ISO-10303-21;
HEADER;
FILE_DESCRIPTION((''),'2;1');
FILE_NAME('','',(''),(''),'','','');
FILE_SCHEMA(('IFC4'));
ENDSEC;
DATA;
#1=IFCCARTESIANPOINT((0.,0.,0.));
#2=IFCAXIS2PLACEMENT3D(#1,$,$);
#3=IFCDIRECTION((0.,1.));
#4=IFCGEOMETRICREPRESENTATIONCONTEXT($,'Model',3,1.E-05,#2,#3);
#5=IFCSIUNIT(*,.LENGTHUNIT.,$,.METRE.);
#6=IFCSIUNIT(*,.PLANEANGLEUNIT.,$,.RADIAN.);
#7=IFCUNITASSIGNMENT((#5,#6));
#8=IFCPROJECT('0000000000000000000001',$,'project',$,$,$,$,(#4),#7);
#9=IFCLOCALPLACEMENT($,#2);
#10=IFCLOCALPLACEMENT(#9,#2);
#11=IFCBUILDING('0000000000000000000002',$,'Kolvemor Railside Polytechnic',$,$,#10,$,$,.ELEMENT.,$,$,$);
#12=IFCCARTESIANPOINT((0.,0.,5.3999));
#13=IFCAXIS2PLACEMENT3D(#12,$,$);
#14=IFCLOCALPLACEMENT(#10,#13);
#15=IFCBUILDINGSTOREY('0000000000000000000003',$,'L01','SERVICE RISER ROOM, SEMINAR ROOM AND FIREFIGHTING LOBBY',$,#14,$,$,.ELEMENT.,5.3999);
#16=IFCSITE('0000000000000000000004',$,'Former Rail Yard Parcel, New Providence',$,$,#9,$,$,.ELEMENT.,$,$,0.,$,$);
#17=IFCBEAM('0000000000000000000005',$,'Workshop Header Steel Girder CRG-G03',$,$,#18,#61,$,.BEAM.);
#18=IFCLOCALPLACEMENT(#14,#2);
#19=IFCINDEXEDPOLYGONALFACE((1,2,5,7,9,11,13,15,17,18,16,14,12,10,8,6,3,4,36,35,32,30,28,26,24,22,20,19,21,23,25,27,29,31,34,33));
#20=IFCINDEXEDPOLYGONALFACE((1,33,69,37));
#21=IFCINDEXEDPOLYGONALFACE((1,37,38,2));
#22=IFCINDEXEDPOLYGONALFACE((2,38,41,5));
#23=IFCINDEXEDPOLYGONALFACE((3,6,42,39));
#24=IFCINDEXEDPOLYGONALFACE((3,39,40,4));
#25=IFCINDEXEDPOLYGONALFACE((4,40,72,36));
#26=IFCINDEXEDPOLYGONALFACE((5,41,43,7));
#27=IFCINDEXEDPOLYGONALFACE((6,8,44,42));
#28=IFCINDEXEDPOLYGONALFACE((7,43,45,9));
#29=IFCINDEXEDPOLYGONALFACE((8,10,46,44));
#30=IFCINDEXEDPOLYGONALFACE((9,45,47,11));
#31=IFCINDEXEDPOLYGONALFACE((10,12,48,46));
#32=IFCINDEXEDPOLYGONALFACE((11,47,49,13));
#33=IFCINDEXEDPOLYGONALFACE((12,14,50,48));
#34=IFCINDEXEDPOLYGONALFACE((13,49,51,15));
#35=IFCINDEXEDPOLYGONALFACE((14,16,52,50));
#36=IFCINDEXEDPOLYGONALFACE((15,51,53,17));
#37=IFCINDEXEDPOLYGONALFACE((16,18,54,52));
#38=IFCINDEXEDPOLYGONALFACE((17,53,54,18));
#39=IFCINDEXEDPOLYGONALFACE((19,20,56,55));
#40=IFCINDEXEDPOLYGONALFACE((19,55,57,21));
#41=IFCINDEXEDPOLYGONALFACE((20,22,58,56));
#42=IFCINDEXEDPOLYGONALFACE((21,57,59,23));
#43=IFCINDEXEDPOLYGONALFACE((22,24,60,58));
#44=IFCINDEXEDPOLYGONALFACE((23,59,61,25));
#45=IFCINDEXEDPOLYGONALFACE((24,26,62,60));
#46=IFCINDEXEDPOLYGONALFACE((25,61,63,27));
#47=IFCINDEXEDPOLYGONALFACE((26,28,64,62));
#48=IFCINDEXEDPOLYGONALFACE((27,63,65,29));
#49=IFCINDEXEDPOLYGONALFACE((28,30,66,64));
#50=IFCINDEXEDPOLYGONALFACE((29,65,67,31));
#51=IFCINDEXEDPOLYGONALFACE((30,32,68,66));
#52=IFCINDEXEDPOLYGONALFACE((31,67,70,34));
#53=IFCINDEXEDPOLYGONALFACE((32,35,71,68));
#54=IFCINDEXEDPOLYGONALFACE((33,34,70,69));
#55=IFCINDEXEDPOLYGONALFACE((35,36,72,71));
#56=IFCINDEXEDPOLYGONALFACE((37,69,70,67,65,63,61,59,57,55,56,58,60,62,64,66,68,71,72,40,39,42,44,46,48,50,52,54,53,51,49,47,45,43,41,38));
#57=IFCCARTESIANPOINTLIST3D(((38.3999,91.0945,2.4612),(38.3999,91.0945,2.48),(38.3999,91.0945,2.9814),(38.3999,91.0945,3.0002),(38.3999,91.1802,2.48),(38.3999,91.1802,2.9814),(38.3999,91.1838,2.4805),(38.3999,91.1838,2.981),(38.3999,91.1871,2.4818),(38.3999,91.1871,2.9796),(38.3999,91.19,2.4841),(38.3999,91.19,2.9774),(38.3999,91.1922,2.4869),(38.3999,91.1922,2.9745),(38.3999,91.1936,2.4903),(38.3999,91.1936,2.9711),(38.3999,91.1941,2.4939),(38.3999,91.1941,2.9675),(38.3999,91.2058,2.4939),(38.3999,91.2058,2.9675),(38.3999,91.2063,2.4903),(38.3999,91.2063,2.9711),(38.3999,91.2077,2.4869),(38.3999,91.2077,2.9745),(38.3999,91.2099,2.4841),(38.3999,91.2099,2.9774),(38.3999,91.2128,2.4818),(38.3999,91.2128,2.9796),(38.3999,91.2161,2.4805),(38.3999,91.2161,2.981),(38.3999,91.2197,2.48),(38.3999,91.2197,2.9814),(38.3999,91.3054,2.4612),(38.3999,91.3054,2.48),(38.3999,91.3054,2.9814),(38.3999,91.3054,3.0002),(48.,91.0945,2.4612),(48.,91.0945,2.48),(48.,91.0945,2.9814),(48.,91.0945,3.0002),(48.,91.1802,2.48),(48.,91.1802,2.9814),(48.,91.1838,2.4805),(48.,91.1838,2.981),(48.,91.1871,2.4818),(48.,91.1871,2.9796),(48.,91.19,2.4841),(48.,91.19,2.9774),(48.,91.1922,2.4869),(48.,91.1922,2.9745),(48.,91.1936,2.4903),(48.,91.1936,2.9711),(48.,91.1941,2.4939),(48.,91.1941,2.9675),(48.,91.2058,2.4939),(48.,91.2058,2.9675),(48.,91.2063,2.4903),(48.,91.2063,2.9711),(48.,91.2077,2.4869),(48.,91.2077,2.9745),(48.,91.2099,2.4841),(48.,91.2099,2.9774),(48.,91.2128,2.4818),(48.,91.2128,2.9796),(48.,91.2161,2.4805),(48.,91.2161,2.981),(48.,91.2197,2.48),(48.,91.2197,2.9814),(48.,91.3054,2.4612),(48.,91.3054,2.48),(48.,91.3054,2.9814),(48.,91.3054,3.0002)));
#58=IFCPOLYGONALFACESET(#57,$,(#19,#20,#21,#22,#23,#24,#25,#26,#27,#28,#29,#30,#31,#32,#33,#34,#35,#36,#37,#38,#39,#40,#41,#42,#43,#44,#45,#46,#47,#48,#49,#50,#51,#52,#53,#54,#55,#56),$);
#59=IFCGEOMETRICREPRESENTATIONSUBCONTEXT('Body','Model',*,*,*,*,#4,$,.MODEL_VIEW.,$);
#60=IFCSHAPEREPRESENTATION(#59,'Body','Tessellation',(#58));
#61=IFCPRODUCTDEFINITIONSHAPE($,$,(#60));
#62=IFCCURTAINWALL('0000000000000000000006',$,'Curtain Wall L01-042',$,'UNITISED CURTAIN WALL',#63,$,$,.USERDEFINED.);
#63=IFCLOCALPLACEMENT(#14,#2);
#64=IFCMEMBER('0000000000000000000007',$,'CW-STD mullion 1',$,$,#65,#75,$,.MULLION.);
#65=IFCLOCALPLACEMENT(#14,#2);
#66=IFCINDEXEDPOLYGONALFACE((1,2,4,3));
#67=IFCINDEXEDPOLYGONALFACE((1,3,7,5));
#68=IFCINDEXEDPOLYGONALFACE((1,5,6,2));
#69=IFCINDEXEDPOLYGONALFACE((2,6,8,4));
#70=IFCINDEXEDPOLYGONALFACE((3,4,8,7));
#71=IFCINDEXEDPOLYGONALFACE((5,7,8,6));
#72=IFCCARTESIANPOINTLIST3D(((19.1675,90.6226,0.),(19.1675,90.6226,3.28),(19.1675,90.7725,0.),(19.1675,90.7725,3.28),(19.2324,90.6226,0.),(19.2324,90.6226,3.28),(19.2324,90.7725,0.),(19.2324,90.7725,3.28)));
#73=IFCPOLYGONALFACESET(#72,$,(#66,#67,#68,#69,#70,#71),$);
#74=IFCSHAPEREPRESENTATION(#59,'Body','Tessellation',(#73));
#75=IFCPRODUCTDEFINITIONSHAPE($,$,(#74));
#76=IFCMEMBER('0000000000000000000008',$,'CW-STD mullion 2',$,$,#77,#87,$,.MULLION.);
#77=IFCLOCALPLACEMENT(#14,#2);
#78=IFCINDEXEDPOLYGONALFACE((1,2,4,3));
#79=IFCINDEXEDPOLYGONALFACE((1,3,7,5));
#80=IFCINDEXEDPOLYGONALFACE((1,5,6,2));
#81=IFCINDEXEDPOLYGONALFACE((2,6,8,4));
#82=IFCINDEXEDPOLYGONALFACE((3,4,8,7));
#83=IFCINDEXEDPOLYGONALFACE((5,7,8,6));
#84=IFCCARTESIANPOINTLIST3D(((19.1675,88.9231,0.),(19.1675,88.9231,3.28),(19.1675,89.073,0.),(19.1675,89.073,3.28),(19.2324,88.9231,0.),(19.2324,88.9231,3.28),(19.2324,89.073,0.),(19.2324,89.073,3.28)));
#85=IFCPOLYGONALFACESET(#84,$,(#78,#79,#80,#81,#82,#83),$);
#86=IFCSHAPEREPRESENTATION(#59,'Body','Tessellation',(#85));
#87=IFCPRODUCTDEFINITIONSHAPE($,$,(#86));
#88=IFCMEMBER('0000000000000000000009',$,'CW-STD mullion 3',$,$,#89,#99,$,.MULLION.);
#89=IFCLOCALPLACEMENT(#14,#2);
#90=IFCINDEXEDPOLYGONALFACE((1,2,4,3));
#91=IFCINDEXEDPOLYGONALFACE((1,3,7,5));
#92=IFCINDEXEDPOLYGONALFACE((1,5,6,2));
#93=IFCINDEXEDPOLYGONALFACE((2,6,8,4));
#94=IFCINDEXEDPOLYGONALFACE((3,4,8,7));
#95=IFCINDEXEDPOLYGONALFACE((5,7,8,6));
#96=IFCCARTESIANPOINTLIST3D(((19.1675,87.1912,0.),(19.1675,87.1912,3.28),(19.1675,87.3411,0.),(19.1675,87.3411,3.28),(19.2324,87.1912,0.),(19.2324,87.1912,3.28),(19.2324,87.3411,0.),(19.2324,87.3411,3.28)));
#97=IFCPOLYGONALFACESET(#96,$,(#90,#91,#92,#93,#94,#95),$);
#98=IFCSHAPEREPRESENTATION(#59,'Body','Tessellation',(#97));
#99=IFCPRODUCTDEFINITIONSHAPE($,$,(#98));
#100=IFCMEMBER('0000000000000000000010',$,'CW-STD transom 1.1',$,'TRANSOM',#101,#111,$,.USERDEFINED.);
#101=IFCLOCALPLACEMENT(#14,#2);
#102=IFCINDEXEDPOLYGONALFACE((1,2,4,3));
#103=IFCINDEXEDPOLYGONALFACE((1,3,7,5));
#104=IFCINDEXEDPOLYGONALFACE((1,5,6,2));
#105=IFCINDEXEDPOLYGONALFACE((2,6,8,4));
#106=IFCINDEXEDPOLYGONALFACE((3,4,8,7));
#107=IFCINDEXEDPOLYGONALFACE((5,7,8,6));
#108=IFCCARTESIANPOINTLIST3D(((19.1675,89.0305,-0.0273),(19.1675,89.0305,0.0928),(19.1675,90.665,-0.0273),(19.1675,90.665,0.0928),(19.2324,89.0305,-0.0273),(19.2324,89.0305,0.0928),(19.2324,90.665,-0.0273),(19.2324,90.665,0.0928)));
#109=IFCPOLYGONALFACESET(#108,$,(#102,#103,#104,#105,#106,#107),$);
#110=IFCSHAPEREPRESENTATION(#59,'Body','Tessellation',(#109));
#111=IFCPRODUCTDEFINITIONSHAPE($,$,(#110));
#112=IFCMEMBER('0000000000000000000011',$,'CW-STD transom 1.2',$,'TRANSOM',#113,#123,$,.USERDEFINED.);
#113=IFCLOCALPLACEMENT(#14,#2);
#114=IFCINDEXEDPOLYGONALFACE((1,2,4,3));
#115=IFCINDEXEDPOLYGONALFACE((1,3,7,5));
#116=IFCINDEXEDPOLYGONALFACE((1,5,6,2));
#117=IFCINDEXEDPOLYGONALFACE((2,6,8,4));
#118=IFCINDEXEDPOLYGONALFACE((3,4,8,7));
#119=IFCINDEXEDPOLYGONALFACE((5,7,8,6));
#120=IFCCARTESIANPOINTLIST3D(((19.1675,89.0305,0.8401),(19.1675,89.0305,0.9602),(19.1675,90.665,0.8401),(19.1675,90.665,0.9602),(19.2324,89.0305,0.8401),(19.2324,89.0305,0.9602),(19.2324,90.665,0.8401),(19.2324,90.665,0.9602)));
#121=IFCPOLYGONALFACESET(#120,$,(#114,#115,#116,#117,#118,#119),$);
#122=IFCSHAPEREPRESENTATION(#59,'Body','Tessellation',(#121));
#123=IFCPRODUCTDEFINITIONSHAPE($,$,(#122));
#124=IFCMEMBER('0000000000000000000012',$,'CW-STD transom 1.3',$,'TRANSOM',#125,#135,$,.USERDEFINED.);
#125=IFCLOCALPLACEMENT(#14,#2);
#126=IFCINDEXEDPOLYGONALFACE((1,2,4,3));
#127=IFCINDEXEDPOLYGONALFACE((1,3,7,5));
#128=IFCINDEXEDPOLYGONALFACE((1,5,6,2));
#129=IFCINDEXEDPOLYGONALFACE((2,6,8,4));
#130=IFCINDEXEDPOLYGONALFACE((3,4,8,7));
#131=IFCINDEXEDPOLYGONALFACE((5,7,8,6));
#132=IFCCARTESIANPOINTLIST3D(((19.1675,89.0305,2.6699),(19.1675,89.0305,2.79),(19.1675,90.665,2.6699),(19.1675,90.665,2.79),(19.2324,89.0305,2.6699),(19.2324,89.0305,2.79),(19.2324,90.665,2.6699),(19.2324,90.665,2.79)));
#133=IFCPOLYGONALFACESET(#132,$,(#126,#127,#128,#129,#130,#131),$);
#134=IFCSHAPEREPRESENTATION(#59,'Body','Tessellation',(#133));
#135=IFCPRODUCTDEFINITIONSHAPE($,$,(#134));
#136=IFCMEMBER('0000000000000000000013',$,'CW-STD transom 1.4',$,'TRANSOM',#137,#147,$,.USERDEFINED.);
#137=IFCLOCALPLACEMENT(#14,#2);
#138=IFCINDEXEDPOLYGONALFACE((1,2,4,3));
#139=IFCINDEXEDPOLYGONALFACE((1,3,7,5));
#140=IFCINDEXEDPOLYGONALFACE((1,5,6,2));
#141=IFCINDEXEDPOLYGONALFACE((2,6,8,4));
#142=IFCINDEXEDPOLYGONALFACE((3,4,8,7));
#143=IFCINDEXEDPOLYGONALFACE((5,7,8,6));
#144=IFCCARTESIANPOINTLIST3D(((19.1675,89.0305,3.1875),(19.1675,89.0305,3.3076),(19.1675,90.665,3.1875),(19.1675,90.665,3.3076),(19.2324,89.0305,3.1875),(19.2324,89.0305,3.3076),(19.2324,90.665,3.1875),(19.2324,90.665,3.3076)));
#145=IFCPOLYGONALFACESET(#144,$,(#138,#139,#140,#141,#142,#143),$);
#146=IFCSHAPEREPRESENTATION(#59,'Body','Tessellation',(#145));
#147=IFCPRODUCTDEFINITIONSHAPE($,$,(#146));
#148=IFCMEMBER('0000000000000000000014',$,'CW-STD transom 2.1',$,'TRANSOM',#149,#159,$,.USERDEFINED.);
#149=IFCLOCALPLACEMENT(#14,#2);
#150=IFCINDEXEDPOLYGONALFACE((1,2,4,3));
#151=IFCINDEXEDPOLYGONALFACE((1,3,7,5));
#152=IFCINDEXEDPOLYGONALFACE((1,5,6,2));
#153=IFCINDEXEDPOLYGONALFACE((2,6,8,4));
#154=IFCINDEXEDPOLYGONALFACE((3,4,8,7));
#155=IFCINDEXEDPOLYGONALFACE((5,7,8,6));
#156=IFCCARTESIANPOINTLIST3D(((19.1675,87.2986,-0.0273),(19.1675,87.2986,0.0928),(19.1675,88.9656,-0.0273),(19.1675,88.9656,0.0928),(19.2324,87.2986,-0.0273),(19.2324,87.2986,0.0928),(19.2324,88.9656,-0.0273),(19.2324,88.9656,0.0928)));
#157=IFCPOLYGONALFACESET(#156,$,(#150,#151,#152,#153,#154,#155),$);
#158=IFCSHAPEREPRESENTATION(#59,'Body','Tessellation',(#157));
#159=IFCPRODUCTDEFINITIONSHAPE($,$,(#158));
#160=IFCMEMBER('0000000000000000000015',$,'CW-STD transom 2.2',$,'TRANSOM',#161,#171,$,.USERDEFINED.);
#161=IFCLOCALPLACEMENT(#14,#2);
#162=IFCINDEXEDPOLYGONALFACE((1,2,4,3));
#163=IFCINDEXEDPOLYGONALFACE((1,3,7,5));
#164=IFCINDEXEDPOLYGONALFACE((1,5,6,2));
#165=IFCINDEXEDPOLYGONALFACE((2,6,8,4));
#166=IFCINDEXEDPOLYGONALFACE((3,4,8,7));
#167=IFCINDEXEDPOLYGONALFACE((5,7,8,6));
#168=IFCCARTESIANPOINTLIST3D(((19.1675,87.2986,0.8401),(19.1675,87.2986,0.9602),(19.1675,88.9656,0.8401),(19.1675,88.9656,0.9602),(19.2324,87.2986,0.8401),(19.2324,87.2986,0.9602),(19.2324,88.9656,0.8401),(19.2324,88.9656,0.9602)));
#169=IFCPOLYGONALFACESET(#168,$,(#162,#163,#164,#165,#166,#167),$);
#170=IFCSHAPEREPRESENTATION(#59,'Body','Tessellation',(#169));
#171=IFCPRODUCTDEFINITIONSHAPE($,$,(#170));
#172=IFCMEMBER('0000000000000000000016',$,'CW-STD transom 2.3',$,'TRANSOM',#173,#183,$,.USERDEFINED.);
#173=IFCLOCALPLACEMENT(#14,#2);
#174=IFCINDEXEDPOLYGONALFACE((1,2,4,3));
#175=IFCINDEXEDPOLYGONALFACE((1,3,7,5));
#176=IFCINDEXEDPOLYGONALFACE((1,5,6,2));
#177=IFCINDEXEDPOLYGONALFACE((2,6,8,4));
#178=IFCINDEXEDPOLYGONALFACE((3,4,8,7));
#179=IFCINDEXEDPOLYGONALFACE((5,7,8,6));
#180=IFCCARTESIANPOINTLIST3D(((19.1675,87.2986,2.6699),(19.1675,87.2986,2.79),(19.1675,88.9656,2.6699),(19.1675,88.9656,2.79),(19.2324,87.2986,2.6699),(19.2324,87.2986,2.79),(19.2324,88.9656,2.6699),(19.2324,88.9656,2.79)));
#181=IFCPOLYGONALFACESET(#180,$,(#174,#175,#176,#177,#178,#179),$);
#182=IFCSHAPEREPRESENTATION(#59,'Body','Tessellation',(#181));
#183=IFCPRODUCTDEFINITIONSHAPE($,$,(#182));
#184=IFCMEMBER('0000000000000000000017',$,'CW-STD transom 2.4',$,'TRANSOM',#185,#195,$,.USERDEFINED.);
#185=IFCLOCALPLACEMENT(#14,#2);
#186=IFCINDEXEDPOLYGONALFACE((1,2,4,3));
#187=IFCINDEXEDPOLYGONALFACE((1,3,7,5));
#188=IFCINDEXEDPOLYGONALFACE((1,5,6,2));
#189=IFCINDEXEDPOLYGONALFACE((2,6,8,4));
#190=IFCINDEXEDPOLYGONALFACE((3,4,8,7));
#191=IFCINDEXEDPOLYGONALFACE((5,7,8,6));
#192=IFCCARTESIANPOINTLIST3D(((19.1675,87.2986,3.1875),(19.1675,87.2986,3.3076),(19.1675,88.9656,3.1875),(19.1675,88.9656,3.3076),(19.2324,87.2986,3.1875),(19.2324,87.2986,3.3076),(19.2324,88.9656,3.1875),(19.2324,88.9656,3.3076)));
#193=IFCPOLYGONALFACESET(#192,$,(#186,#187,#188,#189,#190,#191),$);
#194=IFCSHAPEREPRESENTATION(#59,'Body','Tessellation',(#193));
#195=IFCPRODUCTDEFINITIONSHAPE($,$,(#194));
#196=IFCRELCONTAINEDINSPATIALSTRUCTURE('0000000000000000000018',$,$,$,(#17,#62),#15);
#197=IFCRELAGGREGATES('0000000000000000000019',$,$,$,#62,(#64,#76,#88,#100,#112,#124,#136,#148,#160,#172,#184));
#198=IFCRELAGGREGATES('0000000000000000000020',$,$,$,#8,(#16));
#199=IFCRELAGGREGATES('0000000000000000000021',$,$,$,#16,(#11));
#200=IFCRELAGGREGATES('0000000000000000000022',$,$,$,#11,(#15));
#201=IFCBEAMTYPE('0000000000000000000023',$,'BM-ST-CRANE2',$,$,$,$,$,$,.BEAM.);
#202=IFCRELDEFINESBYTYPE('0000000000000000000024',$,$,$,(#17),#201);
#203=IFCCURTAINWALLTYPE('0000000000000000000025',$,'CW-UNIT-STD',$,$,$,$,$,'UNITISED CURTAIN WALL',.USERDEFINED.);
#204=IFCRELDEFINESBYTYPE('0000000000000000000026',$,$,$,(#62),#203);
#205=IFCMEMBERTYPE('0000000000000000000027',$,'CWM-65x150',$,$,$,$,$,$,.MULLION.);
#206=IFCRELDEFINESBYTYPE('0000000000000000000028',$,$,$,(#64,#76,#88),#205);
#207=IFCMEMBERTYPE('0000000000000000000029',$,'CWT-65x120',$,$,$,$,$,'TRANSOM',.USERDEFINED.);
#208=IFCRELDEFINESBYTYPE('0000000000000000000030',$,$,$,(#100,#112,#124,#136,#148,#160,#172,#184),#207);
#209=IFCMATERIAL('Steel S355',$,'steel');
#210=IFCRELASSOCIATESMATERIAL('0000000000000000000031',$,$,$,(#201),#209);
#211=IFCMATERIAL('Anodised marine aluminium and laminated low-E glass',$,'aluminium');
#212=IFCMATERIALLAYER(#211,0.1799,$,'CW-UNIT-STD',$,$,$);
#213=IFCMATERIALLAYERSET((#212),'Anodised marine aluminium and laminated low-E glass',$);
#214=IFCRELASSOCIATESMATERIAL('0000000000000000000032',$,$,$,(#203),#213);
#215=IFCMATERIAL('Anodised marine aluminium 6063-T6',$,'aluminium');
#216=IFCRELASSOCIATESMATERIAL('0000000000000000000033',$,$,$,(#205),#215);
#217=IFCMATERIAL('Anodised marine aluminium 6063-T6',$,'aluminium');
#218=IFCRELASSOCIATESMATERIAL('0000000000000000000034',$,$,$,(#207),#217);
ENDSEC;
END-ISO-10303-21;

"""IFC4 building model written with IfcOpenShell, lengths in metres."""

from ifc_helpers import new_model, si_unit, direction, frame, origin, origin_2d, place, context, subcontext, project, spatial, rectangle, i_section, extrude, material, layer, layer_set, material_profile, profile_set, type_object, element, aggregate, save


model = new_model("IFC4")

# Units and contexts
model_context = context("Model", 3, precision=1e-05, world=origin(), true_north=direction((0.0, 1.0)))
body_context = subcontext(model_context, "Body", "Model", "MODEL_VIEW")
ifc_project = project(units=[si_unit("LENGTHUNIT", "METRE"), si_unit("PLANEANGLEUNIT", "RADIAN")], contexts=[model_context])

# Site, building, storey
site_placement = place(None, origin())
site = spatial("IfcSite", under=ifc_project, at=site_placement, Name="Former Rail Yard Parcel, New Providence", CompositionType="ELEMENT", RefElevation=0.0)
building_placement = place(site_placement, origin())
building = spatial("IfcBuilding", under=site, at=building_placement, Name="Kolvemor Railside Polytechnic", CompositionType="ELEMENT")
storey_placement = place(building_placement, frame((0.0, 0.0, 5.3999)))
storey = spatial("IfcBuildingStorey", under=building, at=storey_placement, Name="L01", Description="SERVICE RISER ROOM, SEMINAR ROOM AND FIREFIGHTING LOBBY", CompositionType="ELEMENT", Elevation=5.3999)

# Beam
ifc_material_1 = material(Name="Steel S355", Category="steel")
ifc_material_profile_1 = material_profile(ifc_material_1, i_section(OverallWidth=0.2109, OverallDepth=0.5391, WebThickness=0.0117, FlangeThickness=0.0188, FilletRadius=0.0139, at=origin_2d()), Name="W530x109")
ifc_profile_set_1 = profile_set([ifc_material_profile_1], Name="Steel S355")
beam_type_1 = type_object("IfcBeamType", Name="BM-ST-CRANE2", PredefinedType="BEAM", material=ifc_profile_set_1)
beam_1_placement = place(storey_placement, frame((38.3999, 91.2, 2.7307), z_axis=(1.0, 0.0, 0.0), x_axis=(0.0, 1.0, 0.0)))
element("IfcBeam", 1, at=beam_1_placement, inside=storey, type_object=beam_type_1, Name="Workshop Header Steel Girder CRG-G03", PredefinedType="BEAM", context=body_context, shape_type="SweptSolid", body=[
    extrude(i_section(OverallWidth=0.2109, OverallDepth=0.5391, WebThickness=0.0117, FlangeThickness=0.0188, FilletRadius=0.0139, at=origin_2d()), origin(), (0.0, 0.0, 1.0), 9.6001),
])

# Curtain wall, members
ifc_material_2 = material(Name="Anodised marine aluminium and laminated low-E glass", Category="aluminium")
ifc_layer_1 = layer(ifc_material_2, 0.1799, Name="CW-UNIT-STD")
ifc_layer_set_1 = layer_set([ifc_layer_1], Name="Anodised marine aluminium and laminated low-E glass")
curtain_wall_type = type_object("IfcCurtainWallType", Name="CW-UNIT-STD", ElementType="UNITISED CURTAIN WALL", PredefinedType="USERDEFINED", material=ifc_layer_set_1)
curtain_wall_placement = place(storey_placement, origin())
curtain_wall = element("IfcCurtainWall", 2, at=curtain_wall_placement, inside=storey, type_object=curtain_wall_type, Name="Curtain Wall L01-042", ObjectType="UNITISED CURTAIN WALL", PredefinedType="USERDEFINED")
ifc_material_3 = material(Name="Anodised marine aluminium 6063-T6", Category="aluminium")
ifc_material_profile_2 = material_profile(ifc_material_3, rectangle(XDim=0.0649, YDim=0.1499, at=origin_2d()), Name="CW-MUL-65x150")
ifc_profile_set_2 = profile_set([ifc_material_profile_2], Name="Anodised marine aluminium 6063-T6")
member_type_1 = type_object("IfcMemberType", Name="CWM-65x150", PredefinedType="MULLION", material=ifc_profile_set_2)
member_1_placement = place(storey_placement, frame((19.2, 90.6975, 0.0), z_axis=(0.0, 0.0, 1.0), x_axis=(1.0, 0.0, 0.0)))
member_1 = element("IfcMember", 3, at=member_1_placement, type_object=member_type_1, Name="CW-STD mullion 1", PredefinedType="MULLION", context=body_context, shape_type="SweptSolid", body=[
    extrude(rectangle(XDim=0.0649, YDim=0.1499, at=origin_2d()), origin(), (0.0, 0.0, 1.0), 3.28),
])
member_2_placement = place(storey_placement, frame((19.2, 88.998, 0.0), z_axis=(0.0, 0.0, 1.0), x_axis=(1.0, 0.0, 0.0)))
member_2 = element("IfcMember", 4, at=member_2_placement, type_object=member_type_1, Name="CW-STD mullion 2", PredefinedType="MULLION", context=body_context, shape_type="SweptSolid", body=[
    extrude(rectangle(XDim=0.0649, YDim=0.1499, at=origin_2d()), origin(), (0.0, 0.0, 1.0), 3.28),
])
member_3_placement = place(storey_placement, frame((19.2, 87.2661, 0.0), z_axis=(0.0, 0.0, 1.0), x_axis=(1.0, 0.0, 0.0)))
member_3 = element("IfcMember", 5, at=member_3_placement, type_object=member_type_1, Name="CW-STD mullion 3", PredefinedType="MULLION", context=body_context, shape_type="SweptSolid", body=[
    extrude(rectangle(XDim=0.0649, YDim=0.1499, at=origin_2d()), origin(), (0.0, 0.0, 1.0), 3.28),
])
ifc_material_4 = material(Name="Anodised marine aluminium 6063-T6", Category="aluminium")
ifc_material_profile_3 = material_profile(ifc_material_4, rectangle(XDim=0.0649, YDim=0.1201, at=origin_2d()), Name="CW-TRN-65x120")
ifc_profile_set_3 = profile_set([ifc_material_profile_3], Name="Anodised marine aluminium 6063-T6")
member_type_2 = type_object("IfcMemberType", Name="CWT-65x120", ElementType="TRANSOM", PredefinedType="USERDEFINED", material=ifc_profile_set_3)
member_4_placement = place(storey_placement, frame((19.2, 90.665, 0.0327), z_axis=(0.0, -1.0, 0.0), x_axis=(1.0, 0.0, 0.0)))
member_4 = element("IfcMember", 6, at=member_4_placement, type_object=member_type_2, Name="CW-STD transom 1.1", ObjectType="TRANSOM", PredefinedType="USERDEFINED", context=body_context, shape_type="SweptSolid", body=[
    extrude(rectangle(XDim=0.0649, YDim=0.1201, at=origin_2d()), origin(), (0.0, 0.0, 1.0), 1.6345),
])
member_5_placement = place(storey_placement, frame((19.2, 90.665, 0.9001), z_axis=(0.0, -1.0, 0.0), x_axis=(1.0, 0.0, 0.0)))
member_5 = element("IfcMember", 7, at=member_5_placement, type_object=member_type_2, Name="CW-STD transom 1.2", ObjectType="TRANSOM", PredefinedType="USERDEFINED", context=body_context, shape_type="SweptSolid", body=[
    extrude(rectangle(XDim=0.0649, YDim=0.1201, at=origin_2d()), origin(), (0.0, 0.0, 1.0), 1.6345),
])
member_6_placement = place(storey_placement, frame((19.2, 90.665, 2.73), z_axis=(0.0, -1.0, 0.0), x_axis=(1.0, 0.0, 0.0)))
member_6 = element("IfcMember", 8, at=member_6_placement, type_object=member_type_2, Name="CW-STD transom 1.3", ObjectType="TRANSOM", PredefinedType="USERDEFINED", context=body_context, shape_type="SweptSolid", body=[
    extrude(rectangle(XDim=0.0649, YDim=0.1201, at=origin_2d()), origin(), (0.0, 0.0, 1.0), 1.6345),
])
member_7_placement = place(storey_placement, frame((19.2, 90.665, 3.2476), z_axis=(0.0, -1.0, 0.0), x_axis=(1.0, 0.0, 0.0)))
member_7 = element("IfcMember", 9, at=member_7_placement, type_object=member_type_2, Name="CW-STD transom 1.4", ObjectType="TRANSOM", PredefinedType="USERDEFINED", context=body_context, shape_type="SweptSolid", body=[
    extrude(rectangle(XDim=0.0649, YDim=0.1201, at=origin_2d()), origin(), (0.0, 0.0, 1.0), 1.6345),
])
member_8_placement = place(storey_placement, frame((19.2, 88.9656, 0.0327), z_axis=(0.0, -1.0, 0.0), x_axis=(1.0, 0.0, 0.0)))
member_8 = element("IfcMember", 10, at=member_8_placement, type_object=member_type_2, Name="CW-STD transom 2.1", ObjectType="TRANSOM", PredefinedType="USERDEFINED", context=body_context, shape_type="SweptSolid", body=[
    extrude(rectangle(XDim=0.0649, YDim=0.1201, at=origin_2d()), origin(), (0.0, 0.0, 1.0), 1.667),
])
member_9_placement = place(storey_placement, frame((19.2, 88.9656, 0.9001), z_axis=(0.0, -1.0, 0.0), x_axis=(1.0, 0.0, 0.0)))
member_9 = element("IfcMember", 11, at=member_9_placement, type_object=member_type_2, Name="CW-STD transom 2.2", ObjectType="TRANSOM", PredefinedType="USERDEFINED", context=body_context, shape_type="SweptSolid", body=[
    extrude(rectangle(XDim=0.0649, YDim=0.1201, at=origin_2d()), origin(), (0.0, 0.0, 1.0), 1.667),
])
member_10_placement = place(storey_placement, frame((19.2, 88.9656, 2.73), z_axis=(0.0, -1.0, 0.0), x_axis=(1.0, 0.0, 0.0)))
member_10 = element("IfcMember", 12, at=member_10_placement, type_object=member_type_2, Name="CW-STD transom 2.3", ObjectType="TRANSOM", PredefinedType="USERDEFINED", context=body_context, shape_type="SweptSolid", body=[
    extrude(rectangle(XDim=0.0649, YDim=0.1201, at=origin_2d()), origin(), (0.0, 0.0, 1.0), 1.667),
])
member_11_placement = place(storey_placement, frame((19.2, 88.9656, 3.2476), z_axis=(0.0, -1.0, 0.0), x_axis=(1.0, 0.0, 0.0)))
member_11 = element("IfcMember", 13, at=member_11_placement, type_object=member_type_2, Name="CW-STD transom 2.4", ObjectType="TRANSOM", PredefinedType="USERDEFINED", context=body_context, shape_type="SweptSolid", body=[
    extrude(rectangle(XDim=0.0649, YDim=0.1201, at=origin_2d()), origin(), (0.0, 0.0, 1.0), 1.667),
])
aggregate(curtain_wall, [member_1, member_2, member_3, member_4, member_5, member_6, member_7, member_8, member_9, member_10, member_11])

save(model, "model.ifc")
